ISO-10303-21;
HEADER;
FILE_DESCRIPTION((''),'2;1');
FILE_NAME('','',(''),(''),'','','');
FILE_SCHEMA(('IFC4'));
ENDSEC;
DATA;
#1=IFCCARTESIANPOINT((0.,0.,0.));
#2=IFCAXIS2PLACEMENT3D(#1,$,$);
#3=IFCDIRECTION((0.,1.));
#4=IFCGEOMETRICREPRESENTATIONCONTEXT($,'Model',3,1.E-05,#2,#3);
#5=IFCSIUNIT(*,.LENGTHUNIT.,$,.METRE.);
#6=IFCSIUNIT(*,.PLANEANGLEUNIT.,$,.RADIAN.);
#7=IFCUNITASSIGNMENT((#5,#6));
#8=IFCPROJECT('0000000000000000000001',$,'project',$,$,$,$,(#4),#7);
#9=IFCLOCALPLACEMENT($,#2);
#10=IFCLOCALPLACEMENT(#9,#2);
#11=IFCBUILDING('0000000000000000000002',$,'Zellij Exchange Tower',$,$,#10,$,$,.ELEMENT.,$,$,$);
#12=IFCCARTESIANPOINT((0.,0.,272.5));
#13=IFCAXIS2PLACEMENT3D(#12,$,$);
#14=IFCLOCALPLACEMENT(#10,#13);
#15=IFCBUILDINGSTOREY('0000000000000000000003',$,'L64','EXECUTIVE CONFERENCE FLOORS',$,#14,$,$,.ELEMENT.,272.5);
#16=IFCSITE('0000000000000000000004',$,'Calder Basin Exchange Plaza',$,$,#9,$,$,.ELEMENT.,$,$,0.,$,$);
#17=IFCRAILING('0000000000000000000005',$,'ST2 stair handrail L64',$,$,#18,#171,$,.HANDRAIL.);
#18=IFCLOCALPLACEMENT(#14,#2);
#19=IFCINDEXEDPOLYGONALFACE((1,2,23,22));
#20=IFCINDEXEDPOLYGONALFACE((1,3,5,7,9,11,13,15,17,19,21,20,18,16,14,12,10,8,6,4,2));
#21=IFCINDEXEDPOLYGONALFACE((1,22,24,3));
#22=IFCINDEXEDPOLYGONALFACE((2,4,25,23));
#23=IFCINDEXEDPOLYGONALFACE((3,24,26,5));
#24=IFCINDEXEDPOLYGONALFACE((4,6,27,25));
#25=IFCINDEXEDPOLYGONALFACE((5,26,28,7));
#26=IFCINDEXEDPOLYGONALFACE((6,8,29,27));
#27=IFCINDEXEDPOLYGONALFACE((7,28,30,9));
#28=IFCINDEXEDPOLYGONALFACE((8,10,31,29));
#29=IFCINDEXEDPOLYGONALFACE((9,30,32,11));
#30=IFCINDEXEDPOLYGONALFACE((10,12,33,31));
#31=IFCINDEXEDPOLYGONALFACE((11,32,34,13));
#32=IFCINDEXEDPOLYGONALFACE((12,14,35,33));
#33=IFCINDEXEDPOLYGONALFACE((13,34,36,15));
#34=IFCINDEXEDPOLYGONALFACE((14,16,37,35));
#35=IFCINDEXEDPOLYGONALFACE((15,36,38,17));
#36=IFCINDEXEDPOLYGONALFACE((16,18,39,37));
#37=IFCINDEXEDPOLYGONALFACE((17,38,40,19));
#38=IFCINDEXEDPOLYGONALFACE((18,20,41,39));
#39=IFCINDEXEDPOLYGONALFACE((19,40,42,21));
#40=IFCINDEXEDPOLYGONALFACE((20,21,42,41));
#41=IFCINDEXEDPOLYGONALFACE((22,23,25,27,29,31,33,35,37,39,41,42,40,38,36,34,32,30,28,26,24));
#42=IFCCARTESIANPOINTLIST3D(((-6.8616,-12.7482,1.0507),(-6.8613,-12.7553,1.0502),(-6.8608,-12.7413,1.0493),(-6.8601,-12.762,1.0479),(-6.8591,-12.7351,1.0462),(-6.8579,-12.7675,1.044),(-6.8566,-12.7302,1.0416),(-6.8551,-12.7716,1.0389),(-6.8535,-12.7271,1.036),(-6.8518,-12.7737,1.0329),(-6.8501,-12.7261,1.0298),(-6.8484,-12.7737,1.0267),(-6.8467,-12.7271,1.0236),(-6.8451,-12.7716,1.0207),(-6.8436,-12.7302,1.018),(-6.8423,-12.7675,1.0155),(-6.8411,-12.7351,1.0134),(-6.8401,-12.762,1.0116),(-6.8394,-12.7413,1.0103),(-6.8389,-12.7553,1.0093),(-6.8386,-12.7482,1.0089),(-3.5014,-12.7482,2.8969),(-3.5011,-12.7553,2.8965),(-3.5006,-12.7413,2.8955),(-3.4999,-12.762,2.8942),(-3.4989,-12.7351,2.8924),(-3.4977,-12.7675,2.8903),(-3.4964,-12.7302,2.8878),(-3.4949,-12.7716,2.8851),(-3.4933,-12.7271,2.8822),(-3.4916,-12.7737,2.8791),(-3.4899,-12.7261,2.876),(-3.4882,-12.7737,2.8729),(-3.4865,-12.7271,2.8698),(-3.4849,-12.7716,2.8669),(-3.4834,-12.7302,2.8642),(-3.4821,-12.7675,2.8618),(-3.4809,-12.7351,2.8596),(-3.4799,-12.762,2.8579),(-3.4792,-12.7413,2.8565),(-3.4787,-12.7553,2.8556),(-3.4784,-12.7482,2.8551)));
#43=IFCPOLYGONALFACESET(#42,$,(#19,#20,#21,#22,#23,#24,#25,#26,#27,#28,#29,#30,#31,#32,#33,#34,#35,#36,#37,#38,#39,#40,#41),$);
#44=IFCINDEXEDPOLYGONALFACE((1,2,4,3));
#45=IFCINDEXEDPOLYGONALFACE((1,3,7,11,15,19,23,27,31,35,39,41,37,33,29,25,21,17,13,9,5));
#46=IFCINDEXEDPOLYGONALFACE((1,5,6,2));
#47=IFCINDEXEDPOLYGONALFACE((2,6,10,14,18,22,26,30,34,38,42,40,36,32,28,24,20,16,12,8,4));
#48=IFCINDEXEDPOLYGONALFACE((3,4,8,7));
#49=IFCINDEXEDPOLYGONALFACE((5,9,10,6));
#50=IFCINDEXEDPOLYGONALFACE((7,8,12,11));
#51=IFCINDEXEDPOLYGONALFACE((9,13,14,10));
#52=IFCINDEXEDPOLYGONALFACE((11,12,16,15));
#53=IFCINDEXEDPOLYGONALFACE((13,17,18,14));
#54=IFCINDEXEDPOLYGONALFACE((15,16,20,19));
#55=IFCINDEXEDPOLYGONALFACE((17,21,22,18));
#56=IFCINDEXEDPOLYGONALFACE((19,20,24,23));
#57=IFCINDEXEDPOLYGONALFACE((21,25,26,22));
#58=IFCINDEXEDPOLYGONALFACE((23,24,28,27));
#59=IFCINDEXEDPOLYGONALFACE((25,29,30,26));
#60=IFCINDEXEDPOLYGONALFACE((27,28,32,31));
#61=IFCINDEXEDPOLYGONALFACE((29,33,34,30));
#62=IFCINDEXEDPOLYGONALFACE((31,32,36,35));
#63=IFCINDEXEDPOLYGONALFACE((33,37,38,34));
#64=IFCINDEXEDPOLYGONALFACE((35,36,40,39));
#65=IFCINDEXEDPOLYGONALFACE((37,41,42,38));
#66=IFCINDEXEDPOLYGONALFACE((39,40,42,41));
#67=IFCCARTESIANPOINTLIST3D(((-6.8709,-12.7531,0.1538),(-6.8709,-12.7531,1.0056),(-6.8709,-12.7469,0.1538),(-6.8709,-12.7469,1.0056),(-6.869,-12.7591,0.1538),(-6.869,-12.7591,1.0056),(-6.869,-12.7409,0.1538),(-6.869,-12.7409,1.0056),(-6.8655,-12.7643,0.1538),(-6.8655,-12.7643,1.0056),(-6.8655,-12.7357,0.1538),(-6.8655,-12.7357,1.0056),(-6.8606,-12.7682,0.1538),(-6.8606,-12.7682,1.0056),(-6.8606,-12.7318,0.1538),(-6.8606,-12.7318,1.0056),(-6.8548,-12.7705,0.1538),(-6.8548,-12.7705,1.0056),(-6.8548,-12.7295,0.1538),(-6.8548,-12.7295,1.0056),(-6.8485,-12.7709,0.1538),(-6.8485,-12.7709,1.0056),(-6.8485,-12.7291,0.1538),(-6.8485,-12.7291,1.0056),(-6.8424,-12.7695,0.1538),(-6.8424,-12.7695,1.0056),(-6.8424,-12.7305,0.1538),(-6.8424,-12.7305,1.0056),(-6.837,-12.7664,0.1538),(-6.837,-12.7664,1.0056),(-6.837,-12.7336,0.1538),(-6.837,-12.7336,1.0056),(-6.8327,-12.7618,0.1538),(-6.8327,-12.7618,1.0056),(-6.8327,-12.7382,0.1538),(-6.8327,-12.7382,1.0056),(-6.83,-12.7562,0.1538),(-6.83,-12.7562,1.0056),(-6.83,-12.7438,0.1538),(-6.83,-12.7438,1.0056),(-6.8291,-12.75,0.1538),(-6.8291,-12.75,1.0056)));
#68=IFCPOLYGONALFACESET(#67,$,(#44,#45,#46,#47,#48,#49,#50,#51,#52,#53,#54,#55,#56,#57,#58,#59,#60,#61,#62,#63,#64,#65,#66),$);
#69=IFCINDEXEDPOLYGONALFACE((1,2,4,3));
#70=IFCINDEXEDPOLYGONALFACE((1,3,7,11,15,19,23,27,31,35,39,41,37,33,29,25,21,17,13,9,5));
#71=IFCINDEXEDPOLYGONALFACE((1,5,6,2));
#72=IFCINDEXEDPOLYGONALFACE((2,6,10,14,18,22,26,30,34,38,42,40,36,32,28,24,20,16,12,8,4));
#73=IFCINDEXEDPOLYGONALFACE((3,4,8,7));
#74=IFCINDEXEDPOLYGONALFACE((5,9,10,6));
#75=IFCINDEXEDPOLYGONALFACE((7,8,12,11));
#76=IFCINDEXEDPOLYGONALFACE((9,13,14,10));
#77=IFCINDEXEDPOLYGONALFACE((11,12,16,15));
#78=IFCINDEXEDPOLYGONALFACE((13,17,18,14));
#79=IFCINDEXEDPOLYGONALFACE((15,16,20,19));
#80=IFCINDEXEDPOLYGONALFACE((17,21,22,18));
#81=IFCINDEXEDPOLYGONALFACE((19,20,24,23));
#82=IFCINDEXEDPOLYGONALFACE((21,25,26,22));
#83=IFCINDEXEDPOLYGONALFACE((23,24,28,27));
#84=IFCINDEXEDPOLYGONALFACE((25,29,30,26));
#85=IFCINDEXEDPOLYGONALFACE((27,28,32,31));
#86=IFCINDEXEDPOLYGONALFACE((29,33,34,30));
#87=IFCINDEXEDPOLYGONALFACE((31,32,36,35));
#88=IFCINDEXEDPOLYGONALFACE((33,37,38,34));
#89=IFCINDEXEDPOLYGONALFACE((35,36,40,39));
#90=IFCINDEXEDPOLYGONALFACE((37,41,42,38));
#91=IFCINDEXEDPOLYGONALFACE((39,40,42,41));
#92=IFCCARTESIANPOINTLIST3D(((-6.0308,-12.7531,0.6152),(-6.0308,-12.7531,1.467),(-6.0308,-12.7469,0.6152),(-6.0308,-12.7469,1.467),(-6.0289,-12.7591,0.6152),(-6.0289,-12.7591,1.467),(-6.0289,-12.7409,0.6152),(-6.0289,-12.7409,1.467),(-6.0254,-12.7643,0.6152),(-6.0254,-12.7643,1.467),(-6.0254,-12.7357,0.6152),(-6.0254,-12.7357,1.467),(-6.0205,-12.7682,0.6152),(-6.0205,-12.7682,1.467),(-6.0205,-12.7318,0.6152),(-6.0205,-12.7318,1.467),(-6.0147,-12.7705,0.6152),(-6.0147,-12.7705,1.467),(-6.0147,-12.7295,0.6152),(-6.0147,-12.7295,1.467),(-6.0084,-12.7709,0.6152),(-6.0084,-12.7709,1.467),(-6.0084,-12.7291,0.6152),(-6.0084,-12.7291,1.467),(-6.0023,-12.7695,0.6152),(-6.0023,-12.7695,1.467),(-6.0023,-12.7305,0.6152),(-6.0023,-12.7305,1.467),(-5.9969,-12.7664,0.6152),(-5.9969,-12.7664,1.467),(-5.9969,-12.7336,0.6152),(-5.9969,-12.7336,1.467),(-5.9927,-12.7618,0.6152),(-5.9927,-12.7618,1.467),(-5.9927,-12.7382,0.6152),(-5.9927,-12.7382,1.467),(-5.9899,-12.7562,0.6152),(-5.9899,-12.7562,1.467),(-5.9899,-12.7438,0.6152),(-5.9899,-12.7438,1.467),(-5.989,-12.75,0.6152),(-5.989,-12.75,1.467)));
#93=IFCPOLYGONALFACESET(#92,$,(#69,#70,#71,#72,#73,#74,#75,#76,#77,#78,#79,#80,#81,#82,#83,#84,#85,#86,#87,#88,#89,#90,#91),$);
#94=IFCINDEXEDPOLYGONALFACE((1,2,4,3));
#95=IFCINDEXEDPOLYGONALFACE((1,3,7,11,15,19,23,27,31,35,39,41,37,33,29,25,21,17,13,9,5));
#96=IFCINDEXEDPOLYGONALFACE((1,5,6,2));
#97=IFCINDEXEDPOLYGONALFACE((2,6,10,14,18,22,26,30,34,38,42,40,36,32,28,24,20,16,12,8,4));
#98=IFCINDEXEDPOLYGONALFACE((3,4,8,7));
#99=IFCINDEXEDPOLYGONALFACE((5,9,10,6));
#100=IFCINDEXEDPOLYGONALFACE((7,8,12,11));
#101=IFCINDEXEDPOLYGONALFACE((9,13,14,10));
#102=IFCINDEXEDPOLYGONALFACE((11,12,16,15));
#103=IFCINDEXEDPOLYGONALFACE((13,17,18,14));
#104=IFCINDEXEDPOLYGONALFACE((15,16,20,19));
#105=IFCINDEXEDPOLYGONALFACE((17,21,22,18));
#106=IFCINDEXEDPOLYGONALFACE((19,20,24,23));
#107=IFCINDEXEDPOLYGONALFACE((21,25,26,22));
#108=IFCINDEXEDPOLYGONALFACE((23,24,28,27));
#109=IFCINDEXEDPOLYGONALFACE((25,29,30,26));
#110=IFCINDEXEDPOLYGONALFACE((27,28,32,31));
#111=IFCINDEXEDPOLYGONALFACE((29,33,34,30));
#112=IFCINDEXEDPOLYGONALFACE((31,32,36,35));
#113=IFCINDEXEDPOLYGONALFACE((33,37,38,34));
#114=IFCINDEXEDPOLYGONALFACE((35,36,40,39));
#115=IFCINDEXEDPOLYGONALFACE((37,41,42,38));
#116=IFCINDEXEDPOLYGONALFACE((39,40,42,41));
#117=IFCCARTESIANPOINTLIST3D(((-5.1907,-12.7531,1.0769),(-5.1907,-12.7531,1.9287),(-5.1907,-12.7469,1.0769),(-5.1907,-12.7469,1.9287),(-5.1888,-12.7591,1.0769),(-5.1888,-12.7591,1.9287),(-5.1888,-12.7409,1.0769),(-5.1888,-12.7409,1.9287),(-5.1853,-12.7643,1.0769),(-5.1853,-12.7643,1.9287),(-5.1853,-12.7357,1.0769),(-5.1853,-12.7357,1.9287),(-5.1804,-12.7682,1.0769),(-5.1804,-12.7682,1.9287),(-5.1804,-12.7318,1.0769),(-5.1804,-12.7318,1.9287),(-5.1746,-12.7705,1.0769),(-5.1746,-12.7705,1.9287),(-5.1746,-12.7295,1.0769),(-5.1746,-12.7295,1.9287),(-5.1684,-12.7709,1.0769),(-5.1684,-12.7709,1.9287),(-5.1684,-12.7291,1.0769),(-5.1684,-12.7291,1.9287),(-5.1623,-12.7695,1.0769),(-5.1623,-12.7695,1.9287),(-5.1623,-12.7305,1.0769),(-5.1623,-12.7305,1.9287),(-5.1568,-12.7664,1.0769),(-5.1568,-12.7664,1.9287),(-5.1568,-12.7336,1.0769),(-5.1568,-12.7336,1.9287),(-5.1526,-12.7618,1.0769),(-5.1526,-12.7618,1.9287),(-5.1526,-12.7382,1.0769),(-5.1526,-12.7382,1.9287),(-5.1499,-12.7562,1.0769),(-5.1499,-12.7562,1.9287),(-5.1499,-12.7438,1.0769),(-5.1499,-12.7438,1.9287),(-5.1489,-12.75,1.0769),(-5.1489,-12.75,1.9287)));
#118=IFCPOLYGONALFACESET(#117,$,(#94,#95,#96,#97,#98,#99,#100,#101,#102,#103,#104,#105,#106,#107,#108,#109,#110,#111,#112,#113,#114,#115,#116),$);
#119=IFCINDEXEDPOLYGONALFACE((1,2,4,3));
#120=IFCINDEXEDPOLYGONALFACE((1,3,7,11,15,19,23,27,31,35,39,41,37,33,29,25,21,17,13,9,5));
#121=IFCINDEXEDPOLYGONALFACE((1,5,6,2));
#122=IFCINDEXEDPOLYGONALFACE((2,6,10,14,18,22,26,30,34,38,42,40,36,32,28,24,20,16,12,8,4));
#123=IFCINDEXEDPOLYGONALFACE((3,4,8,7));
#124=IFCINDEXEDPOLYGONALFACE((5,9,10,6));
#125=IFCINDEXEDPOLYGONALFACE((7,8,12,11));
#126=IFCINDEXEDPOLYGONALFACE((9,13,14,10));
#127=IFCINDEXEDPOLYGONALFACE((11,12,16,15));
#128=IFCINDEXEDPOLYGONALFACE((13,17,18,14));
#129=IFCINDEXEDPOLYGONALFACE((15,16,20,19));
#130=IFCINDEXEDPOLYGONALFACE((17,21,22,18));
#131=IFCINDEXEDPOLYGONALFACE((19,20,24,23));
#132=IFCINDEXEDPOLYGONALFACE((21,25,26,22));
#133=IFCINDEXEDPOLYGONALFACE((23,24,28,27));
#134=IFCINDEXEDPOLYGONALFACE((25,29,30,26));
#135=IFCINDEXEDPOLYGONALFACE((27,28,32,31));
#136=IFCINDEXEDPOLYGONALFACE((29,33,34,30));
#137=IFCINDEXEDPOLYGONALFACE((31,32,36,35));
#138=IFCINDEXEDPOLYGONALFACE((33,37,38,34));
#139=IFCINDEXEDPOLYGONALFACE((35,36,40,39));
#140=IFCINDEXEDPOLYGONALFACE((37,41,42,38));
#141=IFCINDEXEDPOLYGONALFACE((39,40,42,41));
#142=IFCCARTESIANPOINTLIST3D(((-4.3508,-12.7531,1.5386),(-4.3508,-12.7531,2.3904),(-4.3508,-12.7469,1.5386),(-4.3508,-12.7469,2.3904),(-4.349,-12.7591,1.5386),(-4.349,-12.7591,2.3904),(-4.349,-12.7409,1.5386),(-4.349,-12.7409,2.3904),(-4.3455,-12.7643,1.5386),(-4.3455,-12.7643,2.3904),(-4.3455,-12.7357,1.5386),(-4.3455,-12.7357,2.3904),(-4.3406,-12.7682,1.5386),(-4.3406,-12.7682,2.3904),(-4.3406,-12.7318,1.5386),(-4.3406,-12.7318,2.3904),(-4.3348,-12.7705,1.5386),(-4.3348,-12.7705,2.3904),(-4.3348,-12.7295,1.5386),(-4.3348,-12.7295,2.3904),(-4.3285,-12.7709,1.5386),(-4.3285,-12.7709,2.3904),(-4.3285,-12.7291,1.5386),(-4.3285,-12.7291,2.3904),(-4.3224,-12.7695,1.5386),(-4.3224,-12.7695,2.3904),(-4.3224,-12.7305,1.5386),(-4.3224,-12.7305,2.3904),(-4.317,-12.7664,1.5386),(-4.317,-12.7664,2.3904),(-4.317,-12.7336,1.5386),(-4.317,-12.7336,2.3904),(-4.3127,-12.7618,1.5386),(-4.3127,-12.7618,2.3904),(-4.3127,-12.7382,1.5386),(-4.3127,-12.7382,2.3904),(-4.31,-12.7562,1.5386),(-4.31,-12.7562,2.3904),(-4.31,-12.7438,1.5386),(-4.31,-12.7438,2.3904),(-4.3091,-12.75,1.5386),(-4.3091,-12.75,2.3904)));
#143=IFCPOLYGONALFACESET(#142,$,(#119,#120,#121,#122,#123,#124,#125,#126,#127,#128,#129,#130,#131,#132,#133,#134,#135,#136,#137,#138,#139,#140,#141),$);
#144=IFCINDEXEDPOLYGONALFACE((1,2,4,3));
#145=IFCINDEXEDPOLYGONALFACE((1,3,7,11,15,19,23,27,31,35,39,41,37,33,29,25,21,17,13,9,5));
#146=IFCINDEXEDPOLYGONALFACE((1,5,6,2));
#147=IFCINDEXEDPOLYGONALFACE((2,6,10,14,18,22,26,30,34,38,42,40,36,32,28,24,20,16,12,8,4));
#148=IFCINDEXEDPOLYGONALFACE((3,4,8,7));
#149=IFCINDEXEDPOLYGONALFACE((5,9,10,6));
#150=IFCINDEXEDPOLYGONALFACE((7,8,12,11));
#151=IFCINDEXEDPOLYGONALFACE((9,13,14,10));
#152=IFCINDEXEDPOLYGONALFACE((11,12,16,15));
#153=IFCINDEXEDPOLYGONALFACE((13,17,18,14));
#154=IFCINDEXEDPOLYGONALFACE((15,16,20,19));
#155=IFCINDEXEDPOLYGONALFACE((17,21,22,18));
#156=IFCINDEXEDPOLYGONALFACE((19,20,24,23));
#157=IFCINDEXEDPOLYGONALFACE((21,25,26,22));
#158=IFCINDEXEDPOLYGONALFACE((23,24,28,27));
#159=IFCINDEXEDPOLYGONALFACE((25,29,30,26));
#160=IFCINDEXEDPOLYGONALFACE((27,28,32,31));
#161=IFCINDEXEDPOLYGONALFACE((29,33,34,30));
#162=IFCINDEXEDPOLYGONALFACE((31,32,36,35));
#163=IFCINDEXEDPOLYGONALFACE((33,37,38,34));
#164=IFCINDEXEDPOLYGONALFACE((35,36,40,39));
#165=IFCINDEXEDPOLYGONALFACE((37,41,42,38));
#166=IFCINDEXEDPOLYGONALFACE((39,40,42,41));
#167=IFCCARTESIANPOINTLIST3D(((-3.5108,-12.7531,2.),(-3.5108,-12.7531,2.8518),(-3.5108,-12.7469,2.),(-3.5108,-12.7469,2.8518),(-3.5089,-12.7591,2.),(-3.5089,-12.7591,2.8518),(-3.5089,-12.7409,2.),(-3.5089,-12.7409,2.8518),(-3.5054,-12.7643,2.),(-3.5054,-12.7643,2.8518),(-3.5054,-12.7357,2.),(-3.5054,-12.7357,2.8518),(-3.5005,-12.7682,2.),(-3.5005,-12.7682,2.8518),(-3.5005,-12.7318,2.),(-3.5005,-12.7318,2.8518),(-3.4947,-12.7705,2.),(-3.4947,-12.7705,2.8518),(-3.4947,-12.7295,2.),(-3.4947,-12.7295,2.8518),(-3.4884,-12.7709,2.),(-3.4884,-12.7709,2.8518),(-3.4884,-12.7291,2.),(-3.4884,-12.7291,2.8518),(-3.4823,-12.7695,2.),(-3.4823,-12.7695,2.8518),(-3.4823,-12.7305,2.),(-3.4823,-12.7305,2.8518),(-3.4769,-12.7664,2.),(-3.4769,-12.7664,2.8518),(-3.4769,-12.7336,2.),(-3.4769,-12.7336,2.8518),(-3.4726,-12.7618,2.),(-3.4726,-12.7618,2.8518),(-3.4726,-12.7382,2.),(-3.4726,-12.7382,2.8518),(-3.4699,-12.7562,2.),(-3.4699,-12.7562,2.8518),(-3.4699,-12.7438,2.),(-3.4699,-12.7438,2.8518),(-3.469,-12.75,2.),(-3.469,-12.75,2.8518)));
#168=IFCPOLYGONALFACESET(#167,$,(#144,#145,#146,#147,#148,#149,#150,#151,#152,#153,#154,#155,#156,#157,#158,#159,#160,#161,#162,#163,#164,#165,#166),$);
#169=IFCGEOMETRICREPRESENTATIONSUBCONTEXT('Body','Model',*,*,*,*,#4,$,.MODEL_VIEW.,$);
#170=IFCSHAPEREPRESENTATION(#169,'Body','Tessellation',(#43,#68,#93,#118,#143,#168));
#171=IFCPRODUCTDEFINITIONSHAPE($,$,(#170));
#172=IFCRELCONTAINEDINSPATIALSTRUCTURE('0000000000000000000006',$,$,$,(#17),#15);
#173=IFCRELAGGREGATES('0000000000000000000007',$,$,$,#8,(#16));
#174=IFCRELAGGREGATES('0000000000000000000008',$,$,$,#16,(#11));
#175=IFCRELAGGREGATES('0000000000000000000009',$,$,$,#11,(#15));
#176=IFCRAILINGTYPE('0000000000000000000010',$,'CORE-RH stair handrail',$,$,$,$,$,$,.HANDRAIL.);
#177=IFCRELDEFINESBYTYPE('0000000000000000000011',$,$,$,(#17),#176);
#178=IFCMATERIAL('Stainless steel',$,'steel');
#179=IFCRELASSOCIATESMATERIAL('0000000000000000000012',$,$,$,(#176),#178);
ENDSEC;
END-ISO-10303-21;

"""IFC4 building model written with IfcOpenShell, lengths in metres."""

from ifc_helpers import new_model, si_unit, direction, frame, origin, origin_2d, place, context, subcontext, project, spatial, circle, extrude, material, type_object, element, save


model = new_model("IFC4")

# Units and contexts
model_context = context("Model", 3, precision=1e-05, world=origin(), true_north=direction((0.0, 1.0)))
body_context = subcontext(model_context, "Body", "Model", "MODEL_VIEW")
ifc_project = project(units=[si_unit("LENGTHUNIT", "METRE"), si_unit("PLANEANGLEUNIT", "RADIAN")], contexts=[model_context])

# Site, building, storey
site_placement = place(None, origin())
site = spatial("IfcSite", under=ifc_project, at=site_placement, Name="Calder Basin Exchange Plaza", CompositionType="ELEMENT", RefElevation=0.0)
building_placement = place(site_placement, origin())
building = spatial("IfcBuilding", under=site, at=building_placement, Name="Zellij Exchange Tower", CompositionType="ELEMENT")
storey_placement = place(building_placement, frame((0.0, 0.0, 272.5)))
storey = spatial("IfcBuildingStorey", under=building, at=storey_placement, Name="L64", Description="EXECUTIVE CONFERENCE FLOORS", CompositionType="ELEMENT", Elevation=272.5)

# Railing
ifc_material_1 = material(Name="Stainless steel", Category="steel")
railing_type_1 = type_object("IfcRailingType", Name="CORE-RH stair handrail", PredefinedType="HANDRAIL", material=ifc_material_1)
railing_1_placement = place(storey_placement, frame((-6.8501, -12.75, 0.1538)))
element("IfcRailing", 1, at=railing_1_placement, inside=storey, type_object=railing_type_1, Name="ST2 stair handrail L64", PredefinedType="HANDRAIL", context=body_context, shape_type="SweptSolid", body=[
    extrude(circle(Radius=0.0239, at=origin_2d()), frame((0.0, 0.0, 0.876), z_axis=(0.876422, 0.0, 0.481545), x_axis=(0.0, 1.0, 0.0)), (0.0, 0.0, 1.0), 3.834),
    extrude(circle(Radius=0.021, at=origin_2d()), origin(), (0.0, 0.0, 1.0), 0.8518),
    extrude(circle(Radius=0.021, at=origin_2d()), frame((0.8401, 0.0, 0.4614)), (0.0, 0.0, 1.0), 0.8518),
    extrude(circle(Radius=0.021, at=origin_2d()), frame((1.6802, 0.0, 0.9231)), (0.0, 0.0, 1.0), 0.8518),
    extrude(circle(Radius=0.021, at=origin_2d()), frame((2.52, 0.0, 1.3848)), (0.0, 0.0, 1.0), 0.8518),
    extrude(circle(Radius=0.021, at=origin_2d()), frame((3.3601, 0.0, 1.8462)), (0.0, 0.0, 1.0), 0.8518),
])

save(model, "model.ifc")
